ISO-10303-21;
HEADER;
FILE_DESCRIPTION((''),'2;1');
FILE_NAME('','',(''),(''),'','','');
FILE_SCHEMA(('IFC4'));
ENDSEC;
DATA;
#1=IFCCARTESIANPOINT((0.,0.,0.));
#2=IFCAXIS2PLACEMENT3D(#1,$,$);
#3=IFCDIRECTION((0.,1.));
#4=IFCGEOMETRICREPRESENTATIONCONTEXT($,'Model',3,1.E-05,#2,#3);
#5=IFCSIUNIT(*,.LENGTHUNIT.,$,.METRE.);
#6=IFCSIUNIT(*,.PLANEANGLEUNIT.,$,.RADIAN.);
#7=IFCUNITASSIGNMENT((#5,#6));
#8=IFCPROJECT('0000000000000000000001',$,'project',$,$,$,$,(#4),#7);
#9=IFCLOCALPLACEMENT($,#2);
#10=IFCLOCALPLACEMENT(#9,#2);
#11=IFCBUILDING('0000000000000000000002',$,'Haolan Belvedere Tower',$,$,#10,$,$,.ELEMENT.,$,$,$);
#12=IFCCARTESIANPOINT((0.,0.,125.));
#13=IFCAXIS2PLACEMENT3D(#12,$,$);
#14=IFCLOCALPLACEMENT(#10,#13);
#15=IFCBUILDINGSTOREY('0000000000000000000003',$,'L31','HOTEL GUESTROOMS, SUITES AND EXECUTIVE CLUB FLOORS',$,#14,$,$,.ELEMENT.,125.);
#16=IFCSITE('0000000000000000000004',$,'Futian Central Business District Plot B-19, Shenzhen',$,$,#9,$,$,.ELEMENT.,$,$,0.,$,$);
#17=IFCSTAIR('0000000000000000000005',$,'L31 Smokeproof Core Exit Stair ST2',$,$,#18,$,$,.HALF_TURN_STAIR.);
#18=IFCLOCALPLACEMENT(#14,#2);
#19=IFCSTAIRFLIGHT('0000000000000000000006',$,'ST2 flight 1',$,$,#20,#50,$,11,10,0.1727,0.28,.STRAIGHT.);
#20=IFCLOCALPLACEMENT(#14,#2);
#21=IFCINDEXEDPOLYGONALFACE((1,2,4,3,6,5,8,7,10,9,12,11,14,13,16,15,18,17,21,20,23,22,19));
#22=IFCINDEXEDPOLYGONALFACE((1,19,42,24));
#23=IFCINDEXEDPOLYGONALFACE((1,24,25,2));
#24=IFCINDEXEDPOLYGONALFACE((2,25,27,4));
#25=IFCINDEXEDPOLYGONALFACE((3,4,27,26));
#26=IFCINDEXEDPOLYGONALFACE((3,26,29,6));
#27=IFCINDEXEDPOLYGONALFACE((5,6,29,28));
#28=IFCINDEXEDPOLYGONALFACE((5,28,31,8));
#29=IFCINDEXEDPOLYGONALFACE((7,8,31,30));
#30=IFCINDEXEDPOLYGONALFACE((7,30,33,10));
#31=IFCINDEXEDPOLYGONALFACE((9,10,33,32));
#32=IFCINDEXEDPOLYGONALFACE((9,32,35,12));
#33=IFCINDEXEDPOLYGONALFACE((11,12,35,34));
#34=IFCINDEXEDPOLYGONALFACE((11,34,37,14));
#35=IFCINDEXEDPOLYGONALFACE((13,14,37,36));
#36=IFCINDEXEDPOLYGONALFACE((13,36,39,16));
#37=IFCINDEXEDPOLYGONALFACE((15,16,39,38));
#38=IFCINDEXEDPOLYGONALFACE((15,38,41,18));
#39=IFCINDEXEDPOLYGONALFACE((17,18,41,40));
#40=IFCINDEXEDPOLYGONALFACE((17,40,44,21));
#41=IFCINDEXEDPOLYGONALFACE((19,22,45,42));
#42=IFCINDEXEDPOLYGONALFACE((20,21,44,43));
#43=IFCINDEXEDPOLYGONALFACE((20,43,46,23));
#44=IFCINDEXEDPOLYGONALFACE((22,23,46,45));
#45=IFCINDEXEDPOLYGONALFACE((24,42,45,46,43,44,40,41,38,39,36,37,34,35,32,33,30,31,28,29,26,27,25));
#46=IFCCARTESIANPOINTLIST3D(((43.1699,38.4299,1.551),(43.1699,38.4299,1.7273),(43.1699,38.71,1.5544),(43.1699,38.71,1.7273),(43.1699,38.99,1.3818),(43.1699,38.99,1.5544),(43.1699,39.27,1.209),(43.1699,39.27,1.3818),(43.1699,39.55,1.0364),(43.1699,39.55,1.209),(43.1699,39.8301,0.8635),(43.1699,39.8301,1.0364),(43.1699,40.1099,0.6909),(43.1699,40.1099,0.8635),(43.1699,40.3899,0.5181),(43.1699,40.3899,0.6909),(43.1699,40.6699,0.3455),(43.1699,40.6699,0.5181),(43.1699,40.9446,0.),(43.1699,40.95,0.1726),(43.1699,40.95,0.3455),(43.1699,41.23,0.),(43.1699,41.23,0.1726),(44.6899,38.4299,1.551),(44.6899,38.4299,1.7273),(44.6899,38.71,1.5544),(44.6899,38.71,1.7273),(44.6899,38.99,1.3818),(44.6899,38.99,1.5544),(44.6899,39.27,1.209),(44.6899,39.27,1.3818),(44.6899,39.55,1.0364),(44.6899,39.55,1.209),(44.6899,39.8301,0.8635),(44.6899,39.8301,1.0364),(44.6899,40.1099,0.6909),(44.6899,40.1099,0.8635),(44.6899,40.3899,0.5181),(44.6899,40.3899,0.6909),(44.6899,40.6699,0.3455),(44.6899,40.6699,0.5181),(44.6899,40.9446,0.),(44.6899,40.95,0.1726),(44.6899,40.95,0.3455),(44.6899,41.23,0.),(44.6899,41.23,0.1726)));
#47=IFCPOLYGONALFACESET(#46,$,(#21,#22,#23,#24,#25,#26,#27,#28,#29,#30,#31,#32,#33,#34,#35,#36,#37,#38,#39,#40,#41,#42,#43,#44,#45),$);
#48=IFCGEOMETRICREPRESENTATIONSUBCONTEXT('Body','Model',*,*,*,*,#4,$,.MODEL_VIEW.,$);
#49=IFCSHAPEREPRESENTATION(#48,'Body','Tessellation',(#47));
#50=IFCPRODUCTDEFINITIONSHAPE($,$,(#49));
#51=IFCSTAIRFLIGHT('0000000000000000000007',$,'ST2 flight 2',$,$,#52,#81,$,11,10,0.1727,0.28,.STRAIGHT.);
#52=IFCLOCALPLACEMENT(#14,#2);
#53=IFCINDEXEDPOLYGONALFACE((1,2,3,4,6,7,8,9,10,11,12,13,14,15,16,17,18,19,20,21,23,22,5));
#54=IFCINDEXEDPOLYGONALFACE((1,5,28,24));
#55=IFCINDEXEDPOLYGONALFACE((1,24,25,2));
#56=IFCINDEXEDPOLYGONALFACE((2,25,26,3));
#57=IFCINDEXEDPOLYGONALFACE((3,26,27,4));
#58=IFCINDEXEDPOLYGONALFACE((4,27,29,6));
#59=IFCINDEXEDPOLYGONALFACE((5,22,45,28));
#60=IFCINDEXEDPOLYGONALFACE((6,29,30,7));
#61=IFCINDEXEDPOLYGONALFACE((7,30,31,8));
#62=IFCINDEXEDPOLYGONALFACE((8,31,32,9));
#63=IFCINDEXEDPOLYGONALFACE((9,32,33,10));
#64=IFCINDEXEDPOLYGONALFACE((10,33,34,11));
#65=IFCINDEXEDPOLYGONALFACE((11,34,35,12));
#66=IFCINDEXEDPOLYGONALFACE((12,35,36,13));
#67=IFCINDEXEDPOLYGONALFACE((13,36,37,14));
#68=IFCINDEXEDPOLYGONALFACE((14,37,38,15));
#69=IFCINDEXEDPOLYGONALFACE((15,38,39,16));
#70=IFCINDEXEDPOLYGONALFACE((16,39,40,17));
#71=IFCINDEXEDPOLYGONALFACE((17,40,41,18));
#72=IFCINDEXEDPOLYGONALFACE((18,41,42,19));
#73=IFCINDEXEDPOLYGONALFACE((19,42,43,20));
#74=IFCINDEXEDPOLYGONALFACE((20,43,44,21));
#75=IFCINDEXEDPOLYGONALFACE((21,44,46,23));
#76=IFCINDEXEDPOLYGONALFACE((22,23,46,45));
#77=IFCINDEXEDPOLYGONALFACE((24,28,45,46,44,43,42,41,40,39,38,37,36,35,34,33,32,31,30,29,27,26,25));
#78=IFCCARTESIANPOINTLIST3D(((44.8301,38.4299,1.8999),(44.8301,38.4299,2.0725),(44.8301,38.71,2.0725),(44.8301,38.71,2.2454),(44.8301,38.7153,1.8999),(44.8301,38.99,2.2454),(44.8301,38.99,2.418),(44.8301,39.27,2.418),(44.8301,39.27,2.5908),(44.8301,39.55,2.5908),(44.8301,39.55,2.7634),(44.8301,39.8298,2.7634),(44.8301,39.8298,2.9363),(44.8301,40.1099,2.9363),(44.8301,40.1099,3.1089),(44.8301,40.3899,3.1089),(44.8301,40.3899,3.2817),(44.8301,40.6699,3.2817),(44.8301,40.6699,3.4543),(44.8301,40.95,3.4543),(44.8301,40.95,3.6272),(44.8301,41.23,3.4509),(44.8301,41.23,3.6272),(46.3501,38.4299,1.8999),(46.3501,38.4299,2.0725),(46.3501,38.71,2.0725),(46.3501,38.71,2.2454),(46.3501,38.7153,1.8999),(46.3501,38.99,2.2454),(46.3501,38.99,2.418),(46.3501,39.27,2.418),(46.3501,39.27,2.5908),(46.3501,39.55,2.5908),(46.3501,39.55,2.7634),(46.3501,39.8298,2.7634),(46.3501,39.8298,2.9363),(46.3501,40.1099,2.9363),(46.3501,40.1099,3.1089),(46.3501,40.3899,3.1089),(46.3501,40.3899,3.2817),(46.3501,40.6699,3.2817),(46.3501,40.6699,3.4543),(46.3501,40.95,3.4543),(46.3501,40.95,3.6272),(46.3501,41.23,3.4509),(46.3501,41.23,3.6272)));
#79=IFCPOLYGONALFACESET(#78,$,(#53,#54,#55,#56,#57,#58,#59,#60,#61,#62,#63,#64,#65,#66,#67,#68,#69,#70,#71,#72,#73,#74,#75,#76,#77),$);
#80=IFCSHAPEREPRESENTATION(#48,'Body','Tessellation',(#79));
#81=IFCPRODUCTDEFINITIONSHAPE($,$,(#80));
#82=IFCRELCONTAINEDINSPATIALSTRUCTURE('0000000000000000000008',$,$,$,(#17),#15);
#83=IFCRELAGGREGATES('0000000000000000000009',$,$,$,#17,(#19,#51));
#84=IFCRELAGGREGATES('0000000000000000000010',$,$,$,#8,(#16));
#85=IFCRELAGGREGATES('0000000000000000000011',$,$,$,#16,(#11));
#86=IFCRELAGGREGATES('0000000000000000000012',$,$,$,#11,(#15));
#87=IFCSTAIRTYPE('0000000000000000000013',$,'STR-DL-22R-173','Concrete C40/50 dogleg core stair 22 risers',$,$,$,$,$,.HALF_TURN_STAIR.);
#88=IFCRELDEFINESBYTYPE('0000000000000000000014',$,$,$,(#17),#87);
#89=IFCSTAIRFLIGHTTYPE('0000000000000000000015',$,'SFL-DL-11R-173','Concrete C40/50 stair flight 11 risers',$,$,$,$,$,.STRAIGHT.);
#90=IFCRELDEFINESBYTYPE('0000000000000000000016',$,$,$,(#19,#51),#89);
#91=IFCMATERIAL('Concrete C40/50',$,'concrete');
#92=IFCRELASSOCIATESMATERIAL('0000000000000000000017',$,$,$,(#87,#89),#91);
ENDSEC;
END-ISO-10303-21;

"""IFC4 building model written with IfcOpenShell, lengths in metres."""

from ifc_helpers import new_model, si_unit, direction, frame, origin, place, context, subcontext, project, spatial, polyline, outline, extrude, material, type_object, element, aggregate, save


model = new_model("IFC4")

# Units and contexts
model_context = context("Model", 3, precision=1e-05, world=origin(), true_north=direction((0.0, 1.0)))
body_context = subcontext(model_context, "Body", "Model", "MODEL_VIEW")
ifc_project = project(units=[si_unit("LENGTHUNIT", "METRE"), si_unit("PLANEANGLEUNIT", "RADIAN")], contexts=[model_context])

# Site, building, storey
site_placement = place(None, origin())
site = spatial("IfcSite", under=ifc_project, at=site_placement, Name="Futian Central Business District Plot B-19, Shenzhen", CompositionType="ELEMENT", RefElevation=0.0)
building_placement = place(site_placement, origin())
building = spatial("IfcBuilding", under=site, at=building_placement, Name="Haolan Belvedere Tower", CompositionType="ELEMENT")
storey_placement = place(building_placement, frame((0.0, 0.0, 125.0)))
storey = spatial("IfcBuildingStorey", under=building, at=storey_placement, Name="L31", Description="HOTEL GUESTROOMS, SUITES AND EXECUTIVE CLUB FLOORS", CompositionType="ELEMENT", Elevation=125.0)

# Stair, stair flights
ifc_material_1 = material(Name="Concrete C40/50", Category="concrete")
stair_type = type_object("IfcStairType", Name="STR-DL-22R-173", Description="Concrete C40/50 dogleg core stair 22 risers", PredefinedType="HALF_TURN_STAIR", material=ifc_material_1)
stair_flight_type = type_object("IfcStairFlightType", Name="SFL-DL-11R-173", Description="Concrete C40/50 stair flight 11 risers", PredefinedType="STRAIGHT", material=ifc_material_1)
stair_1_placement = place(storey_placement, origin())
stair_1 = element("IfcStair", 1, at=stair_1_placement, inside=storey, type_object=stair_type, Name="L31 Smokeproof Core Exit Stair ST2", PredefinedType="HALF_TURN_STAIR")
stair_flight_1_placement = place(storey_placement, frame((43.9299, 41.23, 0.0), z_axis=(0.0, 0.0, 1.0), x_axis=(0.0, -1.0, 0.0)))
stair_flight_1 = element("IfcStairFlight", 2, at=stair_flight_1_placement, type_object=stair_flight_type, Name="ST2 flight 1", NumberOfRisers=11, NumberOfTreads=10, PredefinedType="STRAIGHT", RiserHeight=0.1727, TreadLength=0.28, context=body_context, shape_type="SweptSolid", body=[
    extrude(outline(polyline([(0.0, 0.0), (0.0, 0.1726), (0.28, 0.1726), (0.28, 0.3455), (0.5601, 0.3455), (0.5601, 0.5181), (0.8401, 0.5181), (0.8401, 0.6909), (1.1201, 0.6909), (1.1201, 0.8635), (1.3999, 0.8635), (1.3999, 1.0364), (1.6799, 1.0364), (1.6799, 1.209), (1.96, 1.209), (1.96, 1.3818), (2.24, 1.3818), (2.24, 1.5544), (2.52, 1.5544), (2.52, 1.7273), (2.8, 1.7273), (2.8, 1.8999), (2.8, 1.551), (0.2854, 0.0), (0.0, 0.0)])), frame((0.0, 0.76, 0.0), z_axis=(0.0, -1.0, 0.0), x_axis=(1.0, 0.0, 0.0)), (0.0, 0.0, 1.0), 1.52),
])
stair_flight_2_placement = place(storey_placement, frame((45.5901, 38.4299, 1.8999), z_axis=(0.0, 0.0, 1.0), x_axis=(0.0, 1.0, 0.0)))
stair_flight_2 = element("IfcStairFlight", 3, at=stair_flight_2_placement, type_object=stair_flight_type, Name="ST2 flight 2", NumberOfRisers=11, NumberOfTreads=10, PredefinedType="STRAIGHT", RiserHeight=0.1727, TreadLength=0.28, context=body_context, shape_type="SweptSolid", body=[
    extrude(outline(polyline([(0.0, 0.0), (0.0, 0.1726), (0.28, 0.1726), (0.28, 0.3455), (0.5601, 0.3455), (0.5601, 0.5181), (0.8401, 0.5181), (0.8401, 0.6909), (1.1201, 0.6909), (1.1201, 0.8635), (1.3999, 0.8635), (1.3999, 1.0364), (1.6799, 1.0364), (1.6799, 1.209), (1.96, 1.209), (1.96, 1.3818), (2.24, 1.3818), (2.24, 1.5544), (2.52, 1.5544), (2.52, 1.7273), (2.8, 1.7273), (2.8, 1.8999), (2.8, 1.551), (0.2854, 0.0), (0.0, 0.0)])), frame((0.0, 0.76, 0.0), z_axis=(0.0, -1.0, 0.0), x_axis=(1.0, 0.0, 0.0)), (0.0, 0.0, 1.0), 1.52),
])
aggregate(stair_1, [stair_flight_1, stair_flight_2])

save(model, "model.ifc")
